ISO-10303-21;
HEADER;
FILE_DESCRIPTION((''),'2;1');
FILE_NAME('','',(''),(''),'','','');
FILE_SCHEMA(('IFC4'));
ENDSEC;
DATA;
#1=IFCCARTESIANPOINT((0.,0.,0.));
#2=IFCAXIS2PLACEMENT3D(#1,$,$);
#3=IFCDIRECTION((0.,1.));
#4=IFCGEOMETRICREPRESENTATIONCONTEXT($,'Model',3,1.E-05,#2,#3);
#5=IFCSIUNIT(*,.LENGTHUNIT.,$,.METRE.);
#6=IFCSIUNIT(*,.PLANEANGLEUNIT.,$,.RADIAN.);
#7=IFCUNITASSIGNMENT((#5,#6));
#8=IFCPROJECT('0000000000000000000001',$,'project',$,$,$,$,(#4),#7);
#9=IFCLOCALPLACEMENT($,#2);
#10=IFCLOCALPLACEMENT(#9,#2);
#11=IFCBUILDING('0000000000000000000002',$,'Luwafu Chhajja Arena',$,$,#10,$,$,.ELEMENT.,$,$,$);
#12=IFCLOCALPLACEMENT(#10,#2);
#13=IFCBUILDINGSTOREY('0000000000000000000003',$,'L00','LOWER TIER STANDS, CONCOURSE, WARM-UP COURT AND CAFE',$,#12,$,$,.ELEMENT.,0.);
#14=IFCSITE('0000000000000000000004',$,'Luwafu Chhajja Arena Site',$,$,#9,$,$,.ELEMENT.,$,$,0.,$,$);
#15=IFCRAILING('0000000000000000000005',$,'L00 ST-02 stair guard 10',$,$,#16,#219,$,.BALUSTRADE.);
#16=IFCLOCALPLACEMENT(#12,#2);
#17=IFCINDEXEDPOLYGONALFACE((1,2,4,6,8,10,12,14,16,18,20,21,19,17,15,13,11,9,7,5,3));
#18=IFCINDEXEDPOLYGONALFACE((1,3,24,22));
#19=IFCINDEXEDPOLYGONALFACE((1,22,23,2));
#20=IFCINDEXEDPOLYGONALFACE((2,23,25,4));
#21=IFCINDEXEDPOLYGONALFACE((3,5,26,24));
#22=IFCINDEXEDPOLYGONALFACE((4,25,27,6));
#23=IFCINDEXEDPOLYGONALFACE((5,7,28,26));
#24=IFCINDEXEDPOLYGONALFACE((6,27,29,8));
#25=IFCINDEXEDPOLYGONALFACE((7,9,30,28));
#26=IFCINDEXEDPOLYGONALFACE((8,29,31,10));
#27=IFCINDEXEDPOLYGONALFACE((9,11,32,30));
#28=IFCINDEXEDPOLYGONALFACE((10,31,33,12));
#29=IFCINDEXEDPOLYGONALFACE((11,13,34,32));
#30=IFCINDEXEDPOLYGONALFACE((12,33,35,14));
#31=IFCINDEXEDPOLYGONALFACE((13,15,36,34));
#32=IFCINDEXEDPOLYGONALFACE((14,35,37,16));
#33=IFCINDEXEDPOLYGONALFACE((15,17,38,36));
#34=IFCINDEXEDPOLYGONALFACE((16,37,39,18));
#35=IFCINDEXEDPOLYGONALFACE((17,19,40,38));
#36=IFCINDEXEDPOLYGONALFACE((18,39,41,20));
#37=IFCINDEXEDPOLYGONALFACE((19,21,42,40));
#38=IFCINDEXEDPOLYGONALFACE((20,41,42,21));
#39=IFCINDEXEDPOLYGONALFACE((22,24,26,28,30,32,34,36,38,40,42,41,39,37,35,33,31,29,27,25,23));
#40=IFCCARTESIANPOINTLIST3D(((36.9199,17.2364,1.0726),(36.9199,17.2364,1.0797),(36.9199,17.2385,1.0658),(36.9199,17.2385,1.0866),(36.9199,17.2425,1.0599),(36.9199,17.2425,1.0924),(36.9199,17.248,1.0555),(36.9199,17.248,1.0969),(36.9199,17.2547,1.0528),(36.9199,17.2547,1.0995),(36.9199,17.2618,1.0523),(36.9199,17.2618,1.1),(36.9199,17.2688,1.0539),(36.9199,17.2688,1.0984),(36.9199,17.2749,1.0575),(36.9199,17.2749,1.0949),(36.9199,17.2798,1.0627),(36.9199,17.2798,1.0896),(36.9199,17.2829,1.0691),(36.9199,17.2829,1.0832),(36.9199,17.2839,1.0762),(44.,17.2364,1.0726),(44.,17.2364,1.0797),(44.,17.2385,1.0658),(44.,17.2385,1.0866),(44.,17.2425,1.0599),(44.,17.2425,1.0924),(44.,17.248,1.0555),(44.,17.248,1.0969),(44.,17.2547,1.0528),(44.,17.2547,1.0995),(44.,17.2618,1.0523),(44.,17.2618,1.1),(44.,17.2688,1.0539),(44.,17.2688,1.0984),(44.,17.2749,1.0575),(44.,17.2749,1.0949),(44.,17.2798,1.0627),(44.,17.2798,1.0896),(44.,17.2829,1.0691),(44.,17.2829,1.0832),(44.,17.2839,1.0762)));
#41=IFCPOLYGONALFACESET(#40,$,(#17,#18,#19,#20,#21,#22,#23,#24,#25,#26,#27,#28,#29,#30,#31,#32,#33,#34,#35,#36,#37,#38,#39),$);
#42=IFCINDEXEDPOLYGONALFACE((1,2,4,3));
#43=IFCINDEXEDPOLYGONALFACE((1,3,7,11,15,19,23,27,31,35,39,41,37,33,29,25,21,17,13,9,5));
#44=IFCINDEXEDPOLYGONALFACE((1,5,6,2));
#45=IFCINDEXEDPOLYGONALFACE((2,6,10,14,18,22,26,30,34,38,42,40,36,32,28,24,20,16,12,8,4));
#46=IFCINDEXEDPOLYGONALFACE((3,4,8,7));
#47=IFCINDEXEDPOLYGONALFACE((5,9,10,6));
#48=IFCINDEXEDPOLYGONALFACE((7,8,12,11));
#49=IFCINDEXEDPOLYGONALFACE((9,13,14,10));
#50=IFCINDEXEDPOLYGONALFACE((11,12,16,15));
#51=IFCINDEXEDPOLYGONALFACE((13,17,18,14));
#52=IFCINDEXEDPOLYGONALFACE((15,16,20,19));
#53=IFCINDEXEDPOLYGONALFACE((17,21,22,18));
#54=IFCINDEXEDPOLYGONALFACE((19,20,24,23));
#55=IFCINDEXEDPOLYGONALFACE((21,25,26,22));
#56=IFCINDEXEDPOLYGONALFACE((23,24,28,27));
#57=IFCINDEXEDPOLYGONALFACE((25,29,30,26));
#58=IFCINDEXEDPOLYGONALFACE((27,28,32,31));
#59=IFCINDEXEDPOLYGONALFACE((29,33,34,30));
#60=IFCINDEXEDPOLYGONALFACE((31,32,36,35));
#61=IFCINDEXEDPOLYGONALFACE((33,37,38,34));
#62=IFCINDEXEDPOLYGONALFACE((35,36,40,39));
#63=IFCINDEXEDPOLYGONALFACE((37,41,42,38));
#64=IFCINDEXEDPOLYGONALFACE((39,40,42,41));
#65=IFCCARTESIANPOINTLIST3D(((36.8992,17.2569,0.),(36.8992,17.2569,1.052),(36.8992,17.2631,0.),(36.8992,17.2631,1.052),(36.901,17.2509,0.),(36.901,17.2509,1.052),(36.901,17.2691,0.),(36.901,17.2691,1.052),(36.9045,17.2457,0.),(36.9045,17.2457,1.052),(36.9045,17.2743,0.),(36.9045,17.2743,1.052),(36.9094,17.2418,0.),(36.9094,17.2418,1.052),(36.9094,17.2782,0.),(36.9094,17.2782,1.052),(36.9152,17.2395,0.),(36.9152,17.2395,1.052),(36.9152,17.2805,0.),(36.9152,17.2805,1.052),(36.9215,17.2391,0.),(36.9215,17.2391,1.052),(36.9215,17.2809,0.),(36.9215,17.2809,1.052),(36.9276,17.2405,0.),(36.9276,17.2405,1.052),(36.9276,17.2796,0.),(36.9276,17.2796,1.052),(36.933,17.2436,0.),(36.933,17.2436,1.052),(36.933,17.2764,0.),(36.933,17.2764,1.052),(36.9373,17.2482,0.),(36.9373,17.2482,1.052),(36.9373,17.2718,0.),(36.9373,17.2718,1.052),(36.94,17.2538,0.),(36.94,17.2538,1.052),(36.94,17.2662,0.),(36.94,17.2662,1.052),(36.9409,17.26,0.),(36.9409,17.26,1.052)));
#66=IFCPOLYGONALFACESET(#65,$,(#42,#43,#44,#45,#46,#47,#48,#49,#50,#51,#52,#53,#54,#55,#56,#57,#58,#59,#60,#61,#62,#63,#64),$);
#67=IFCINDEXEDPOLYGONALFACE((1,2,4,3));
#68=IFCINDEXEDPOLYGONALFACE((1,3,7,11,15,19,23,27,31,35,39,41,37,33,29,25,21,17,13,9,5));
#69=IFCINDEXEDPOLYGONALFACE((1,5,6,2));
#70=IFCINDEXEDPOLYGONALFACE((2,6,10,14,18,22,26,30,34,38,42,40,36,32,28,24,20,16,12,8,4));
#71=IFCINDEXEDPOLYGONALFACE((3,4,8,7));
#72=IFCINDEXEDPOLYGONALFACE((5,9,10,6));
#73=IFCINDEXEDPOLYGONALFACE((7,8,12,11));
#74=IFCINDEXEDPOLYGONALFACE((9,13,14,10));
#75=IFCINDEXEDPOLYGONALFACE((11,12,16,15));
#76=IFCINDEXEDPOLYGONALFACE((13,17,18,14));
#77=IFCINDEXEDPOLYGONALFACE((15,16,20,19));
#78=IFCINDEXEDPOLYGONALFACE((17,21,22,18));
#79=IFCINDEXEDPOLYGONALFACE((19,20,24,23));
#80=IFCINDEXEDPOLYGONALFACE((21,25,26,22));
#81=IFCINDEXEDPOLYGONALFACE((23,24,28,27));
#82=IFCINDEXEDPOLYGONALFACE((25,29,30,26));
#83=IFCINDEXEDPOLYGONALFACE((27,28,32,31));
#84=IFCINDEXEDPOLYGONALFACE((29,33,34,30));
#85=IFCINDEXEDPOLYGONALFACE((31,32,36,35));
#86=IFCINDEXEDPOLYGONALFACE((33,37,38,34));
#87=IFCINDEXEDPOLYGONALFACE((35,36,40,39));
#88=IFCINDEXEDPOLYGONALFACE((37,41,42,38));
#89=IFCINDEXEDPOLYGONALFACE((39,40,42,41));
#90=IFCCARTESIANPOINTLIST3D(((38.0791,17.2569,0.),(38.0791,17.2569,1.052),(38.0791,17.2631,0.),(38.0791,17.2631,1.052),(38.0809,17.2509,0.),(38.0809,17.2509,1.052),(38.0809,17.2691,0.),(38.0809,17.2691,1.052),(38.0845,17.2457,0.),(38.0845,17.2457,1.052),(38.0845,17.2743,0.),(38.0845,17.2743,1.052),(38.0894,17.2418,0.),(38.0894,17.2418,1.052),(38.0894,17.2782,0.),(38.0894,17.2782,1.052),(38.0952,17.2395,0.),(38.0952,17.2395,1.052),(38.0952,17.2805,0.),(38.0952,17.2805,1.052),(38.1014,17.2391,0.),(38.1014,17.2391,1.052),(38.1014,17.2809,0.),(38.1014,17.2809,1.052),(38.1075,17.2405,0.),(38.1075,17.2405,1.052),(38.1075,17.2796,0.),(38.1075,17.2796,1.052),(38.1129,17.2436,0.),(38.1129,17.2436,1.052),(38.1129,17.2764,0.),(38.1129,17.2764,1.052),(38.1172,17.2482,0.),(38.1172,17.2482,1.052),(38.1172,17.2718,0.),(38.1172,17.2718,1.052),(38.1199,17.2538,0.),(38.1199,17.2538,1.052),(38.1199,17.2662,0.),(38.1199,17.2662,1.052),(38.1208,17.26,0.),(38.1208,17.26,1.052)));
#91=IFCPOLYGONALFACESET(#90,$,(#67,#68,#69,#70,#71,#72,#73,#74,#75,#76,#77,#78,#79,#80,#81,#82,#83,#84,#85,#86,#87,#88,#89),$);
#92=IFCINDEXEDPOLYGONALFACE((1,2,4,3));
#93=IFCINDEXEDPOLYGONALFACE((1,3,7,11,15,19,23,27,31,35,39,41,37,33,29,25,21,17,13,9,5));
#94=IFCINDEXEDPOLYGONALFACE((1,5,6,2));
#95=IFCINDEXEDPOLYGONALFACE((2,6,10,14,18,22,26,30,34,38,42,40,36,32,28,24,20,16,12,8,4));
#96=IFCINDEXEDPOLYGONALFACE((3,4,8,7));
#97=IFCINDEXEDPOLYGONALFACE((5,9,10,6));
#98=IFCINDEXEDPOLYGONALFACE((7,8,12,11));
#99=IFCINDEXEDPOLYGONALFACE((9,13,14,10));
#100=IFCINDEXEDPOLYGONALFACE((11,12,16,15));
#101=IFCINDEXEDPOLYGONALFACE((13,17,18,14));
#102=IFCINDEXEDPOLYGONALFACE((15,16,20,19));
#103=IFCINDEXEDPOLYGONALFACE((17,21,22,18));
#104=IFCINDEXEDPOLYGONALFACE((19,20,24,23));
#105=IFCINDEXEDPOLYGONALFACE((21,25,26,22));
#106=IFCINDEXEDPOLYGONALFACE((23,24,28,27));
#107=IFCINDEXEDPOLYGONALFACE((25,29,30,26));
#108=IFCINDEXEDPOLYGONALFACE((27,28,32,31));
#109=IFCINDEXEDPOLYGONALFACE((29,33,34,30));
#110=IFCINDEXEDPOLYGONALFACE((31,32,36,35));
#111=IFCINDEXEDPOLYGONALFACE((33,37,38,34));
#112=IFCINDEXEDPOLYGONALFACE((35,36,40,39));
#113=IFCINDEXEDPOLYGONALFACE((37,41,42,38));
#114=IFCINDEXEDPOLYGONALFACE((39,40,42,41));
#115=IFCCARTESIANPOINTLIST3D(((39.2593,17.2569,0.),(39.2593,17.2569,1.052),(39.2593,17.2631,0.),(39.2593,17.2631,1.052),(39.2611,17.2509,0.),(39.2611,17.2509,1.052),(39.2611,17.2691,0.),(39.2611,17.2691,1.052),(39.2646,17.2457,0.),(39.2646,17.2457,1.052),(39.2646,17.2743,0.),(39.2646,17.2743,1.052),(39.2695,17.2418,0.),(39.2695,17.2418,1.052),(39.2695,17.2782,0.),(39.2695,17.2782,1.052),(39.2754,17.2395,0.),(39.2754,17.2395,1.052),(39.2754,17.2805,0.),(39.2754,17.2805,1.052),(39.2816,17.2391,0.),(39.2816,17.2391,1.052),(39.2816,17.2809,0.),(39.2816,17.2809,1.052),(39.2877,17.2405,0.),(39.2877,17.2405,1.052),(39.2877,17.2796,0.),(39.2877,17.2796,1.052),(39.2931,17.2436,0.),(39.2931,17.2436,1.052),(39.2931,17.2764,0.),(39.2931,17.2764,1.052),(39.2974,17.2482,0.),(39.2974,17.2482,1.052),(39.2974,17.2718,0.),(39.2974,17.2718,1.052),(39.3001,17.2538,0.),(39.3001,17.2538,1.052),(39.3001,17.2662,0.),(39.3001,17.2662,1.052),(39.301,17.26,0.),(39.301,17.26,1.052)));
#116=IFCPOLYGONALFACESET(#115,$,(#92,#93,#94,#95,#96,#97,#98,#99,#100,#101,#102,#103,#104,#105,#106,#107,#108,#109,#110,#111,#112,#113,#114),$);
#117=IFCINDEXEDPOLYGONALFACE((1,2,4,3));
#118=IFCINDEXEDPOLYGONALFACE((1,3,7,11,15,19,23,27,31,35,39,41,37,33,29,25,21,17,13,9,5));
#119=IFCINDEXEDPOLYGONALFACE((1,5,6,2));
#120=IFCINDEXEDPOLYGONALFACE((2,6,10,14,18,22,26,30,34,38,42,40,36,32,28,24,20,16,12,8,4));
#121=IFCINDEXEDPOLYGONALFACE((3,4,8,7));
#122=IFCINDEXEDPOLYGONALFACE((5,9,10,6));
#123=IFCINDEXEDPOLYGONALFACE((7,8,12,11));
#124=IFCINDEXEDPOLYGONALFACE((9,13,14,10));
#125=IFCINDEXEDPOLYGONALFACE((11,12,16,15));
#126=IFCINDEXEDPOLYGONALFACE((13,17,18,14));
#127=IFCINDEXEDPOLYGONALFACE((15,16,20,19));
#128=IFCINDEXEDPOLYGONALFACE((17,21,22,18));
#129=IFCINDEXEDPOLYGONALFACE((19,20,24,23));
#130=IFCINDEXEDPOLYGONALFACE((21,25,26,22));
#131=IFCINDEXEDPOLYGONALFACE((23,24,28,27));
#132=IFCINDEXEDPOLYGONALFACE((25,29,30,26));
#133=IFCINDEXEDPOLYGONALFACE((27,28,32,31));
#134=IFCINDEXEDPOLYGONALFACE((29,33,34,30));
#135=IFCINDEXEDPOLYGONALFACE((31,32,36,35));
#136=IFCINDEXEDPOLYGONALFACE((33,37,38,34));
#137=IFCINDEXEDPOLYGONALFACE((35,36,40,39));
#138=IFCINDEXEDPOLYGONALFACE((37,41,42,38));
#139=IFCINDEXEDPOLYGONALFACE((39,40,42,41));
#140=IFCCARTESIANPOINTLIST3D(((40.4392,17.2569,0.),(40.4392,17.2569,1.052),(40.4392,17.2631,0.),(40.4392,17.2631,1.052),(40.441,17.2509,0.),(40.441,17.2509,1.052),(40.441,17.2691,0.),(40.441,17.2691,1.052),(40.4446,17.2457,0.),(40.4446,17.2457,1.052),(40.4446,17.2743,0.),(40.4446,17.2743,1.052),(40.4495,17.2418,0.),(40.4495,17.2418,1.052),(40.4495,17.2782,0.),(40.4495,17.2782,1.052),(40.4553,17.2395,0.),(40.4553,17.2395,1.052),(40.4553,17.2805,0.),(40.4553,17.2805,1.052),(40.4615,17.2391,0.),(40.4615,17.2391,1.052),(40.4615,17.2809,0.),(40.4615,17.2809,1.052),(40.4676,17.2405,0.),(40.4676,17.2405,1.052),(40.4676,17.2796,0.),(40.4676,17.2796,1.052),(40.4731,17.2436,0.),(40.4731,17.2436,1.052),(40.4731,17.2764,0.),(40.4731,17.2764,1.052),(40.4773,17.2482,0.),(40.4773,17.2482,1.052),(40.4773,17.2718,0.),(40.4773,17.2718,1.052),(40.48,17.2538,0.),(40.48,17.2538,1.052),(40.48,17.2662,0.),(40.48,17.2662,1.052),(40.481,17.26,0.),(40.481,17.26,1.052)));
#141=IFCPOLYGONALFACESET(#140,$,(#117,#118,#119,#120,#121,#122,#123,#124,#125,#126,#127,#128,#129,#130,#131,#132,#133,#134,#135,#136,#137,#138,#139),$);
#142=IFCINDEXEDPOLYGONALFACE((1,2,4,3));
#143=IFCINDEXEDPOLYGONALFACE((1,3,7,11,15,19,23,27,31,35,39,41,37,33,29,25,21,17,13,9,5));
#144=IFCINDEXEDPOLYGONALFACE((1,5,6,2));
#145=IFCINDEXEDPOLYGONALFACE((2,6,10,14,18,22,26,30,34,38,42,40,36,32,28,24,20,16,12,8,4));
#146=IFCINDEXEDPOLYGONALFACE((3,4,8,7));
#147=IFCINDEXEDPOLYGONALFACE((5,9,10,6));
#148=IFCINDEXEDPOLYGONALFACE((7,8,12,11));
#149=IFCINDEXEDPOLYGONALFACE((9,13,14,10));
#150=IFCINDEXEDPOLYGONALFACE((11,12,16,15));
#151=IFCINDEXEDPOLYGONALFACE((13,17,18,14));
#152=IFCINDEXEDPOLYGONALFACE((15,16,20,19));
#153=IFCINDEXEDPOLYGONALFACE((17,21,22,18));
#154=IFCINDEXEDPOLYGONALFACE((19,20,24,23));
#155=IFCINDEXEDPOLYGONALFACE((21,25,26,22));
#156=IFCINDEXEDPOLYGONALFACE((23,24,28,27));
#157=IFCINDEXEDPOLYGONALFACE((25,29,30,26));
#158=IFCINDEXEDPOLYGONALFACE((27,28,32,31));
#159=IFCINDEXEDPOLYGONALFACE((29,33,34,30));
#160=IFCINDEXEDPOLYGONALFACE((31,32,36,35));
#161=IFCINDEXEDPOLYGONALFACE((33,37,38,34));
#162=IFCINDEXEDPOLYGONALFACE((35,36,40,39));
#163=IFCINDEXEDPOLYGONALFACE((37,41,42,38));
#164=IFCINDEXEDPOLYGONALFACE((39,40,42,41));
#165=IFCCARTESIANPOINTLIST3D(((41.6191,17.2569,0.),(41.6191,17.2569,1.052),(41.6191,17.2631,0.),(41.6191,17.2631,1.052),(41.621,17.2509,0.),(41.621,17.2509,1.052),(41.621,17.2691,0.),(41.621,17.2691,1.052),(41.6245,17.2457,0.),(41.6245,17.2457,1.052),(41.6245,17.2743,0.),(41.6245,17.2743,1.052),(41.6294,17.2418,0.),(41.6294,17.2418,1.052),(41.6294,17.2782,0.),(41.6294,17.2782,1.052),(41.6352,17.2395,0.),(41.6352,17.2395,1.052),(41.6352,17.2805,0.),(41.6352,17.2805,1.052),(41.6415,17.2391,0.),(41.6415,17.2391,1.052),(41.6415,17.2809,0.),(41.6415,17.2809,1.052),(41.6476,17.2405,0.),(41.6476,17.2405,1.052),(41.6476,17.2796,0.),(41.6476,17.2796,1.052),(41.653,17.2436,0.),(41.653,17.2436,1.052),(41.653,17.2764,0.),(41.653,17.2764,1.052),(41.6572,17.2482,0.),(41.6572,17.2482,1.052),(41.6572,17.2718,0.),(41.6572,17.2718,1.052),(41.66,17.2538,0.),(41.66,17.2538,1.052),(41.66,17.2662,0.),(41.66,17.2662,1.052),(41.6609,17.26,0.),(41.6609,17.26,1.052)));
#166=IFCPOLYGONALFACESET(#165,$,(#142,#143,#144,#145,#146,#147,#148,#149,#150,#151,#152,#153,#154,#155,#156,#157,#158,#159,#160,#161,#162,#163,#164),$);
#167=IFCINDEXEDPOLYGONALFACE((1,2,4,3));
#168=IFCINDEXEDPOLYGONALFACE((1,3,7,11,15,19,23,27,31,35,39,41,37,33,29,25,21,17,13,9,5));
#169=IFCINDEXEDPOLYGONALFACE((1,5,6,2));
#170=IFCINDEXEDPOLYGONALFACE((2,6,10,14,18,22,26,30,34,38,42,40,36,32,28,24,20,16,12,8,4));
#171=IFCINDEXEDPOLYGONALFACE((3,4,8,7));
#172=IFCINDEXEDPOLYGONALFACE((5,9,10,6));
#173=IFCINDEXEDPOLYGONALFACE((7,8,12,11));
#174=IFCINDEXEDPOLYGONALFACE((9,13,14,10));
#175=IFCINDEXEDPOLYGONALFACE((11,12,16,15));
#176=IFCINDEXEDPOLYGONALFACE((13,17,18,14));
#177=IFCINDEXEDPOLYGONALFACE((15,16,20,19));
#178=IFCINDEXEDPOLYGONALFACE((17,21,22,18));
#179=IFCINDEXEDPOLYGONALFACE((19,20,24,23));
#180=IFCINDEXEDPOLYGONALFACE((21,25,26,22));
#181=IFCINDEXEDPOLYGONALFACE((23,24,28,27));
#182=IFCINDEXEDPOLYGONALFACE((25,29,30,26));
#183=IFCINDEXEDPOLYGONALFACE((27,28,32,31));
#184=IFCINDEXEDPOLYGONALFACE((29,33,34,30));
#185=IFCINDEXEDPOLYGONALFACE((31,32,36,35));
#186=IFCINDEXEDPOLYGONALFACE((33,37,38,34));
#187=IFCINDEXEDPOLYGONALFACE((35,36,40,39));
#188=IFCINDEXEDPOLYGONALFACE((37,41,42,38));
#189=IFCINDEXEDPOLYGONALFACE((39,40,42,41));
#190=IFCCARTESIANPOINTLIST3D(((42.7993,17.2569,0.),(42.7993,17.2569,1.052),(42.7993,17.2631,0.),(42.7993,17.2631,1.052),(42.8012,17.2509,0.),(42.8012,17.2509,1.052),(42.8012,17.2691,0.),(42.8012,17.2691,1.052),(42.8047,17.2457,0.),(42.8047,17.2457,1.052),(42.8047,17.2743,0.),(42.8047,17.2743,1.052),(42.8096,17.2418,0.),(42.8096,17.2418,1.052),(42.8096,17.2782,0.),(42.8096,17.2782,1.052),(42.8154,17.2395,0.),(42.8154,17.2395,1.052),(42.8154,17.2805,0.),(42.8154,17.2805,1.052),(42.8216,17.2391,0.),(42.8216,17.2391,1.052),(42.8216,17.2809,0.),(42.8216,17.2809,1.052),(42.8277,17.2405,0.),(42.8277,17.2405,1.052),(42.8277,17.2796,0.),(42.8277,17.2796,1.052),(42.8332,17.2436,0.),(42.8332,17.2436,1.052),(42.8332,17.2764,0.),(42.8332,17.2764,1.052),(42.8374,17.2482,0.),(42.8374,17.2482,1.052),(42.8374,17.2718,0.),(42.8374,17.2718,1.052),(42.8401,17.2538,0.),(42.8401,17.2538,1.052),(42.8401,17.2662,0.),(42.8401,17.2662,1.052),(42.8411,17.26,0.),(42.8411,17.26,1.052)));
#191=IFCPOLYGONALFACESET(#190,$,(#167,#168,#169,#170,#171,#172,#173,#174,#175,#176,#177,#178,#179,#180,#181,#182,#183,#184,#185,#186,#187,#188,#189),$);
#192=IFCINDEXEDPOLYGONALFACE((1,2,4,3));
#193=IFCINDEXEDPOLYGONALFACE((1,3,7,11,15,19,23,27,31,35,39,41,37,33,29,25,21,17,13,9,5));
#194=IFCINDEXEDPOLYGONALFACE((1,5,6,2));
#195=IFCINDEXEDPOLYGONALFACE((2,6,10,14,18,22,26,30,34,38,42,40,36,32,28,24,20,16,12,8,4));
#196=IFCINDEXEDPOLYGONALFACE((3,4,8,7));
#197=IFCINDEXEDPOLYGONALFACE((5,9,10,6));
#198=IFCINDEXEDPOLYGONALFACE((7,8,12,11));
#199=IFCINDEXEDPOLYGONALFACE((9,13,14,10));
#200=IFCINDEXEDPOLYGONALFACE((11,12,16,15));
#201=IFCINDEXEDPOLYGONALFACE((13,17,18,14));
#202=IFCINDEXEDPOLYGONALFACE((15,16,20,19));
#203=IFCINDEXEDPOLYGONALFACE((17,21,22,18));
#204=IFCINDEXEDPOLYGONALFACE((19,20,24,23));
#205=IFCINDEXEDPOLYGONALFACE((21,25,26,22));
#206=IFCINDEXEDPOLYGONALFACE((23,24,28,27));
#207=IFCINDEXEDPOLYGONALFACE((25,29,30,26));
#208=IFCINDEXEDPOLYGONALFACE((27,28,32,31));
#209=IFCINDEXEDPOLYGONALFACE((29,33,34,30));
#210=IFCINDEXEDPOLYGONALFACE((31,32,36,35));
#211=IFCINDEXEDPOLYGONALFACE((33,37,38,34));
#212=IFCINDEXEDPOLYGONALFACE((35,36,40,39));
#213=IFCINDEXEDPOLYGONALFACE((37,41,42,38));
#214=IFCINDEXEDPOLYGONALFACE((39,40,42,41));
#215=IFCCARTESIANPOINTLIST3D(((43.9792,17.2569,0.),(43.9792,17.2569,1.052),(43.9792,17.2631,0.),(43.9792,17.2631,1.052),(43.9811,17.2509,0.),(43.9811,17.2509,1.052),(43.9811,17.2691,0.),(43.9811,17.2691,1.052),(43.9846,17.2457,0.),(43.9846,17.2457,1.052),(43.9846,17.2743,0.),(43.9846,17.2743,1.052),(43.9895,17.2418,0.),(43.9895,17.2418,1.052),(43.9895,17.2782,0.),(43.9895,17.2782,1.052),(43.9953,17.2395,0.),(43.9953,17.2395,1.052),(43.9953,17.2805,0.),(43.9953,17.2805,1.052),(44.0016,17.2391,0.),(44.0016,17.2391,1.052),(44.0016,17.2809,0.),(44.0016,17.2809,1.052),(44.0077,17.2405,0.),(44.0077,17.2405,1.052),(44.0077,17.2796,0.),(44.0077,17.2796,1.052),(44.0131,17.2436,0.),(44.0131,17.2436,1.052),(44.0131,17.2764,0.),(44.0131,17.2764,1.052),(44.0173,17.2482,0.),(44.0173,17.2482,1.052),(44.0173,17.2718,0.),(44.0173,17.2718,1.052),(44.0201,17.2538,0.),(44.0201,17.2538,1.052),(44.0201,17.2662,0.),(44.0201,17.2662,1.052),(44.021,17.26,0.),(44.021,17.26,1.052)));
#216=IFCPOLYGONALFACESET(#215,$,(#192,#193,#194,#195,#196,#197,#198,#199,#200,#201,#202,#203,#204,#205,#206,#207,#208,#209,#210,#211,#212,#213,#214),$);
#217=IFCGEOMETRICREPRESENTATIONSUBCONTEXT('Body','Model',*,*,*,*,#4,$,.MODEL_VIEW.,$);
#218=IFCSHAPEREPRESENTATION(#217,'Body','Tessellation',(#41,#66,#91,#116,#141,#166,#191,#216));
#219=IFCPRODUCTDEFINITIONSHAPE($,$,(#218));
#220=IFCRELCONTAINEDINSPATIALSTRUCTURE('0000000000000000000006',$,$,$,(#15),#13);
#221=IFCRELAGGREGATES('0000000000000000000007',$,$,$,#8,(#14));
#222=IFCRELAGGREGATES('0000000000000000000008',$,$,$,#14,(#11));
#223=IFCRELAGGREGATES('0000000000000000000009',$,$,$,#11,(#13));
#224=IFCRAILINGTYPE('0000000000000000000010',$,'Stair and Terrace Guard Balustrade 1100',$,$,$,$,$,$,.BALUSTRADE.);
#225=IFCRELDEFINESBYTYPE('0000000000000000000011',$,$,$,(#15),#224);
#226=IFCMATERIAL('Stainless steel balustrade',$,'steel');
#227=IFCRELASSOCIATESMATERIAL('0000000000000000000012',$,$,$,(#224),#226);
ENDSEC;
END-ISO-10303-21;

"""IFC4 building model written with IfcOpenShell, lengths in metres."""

from ifc_helpers import new_model, si_unit, direction, frame, origin, origin_2d, place, context, subcontext, project, spatial, circle, extrude, material, type_object, element, save


model = new_model("IFC4")

# Units and contexts
model_context = context("Model", 3, precision=1e-05, world=origin(), true_north=direction((0.0, 1.0)))
body_context = subcontext(model_context, "Body", "Model", "MODEL_VIEW")
ifc_project = project(units=[si_unit("LENGTHUNIT", "METRE"), si_unit("PLANEANGLEUNIT", "RADIAN")], contexts=[model_context])

# Site, building, storey
site_placement = place(None, origin())
site = spatial("IfcSite", under=ifc_project, at=site_placement, Name="Luwafu Chhajja Arena Site", CompositionType="ELEMENT", RefElevation=0.0)
building_placement = place(site_placement, origin())
building = spatial("IfcBuilding", under=site, at=building_placement, Name="Luwafu Chhajja Arena", CompositionType="ELEMENT")
storey_placement = place(building_placement, origin())
storey = spatial("IfcBuildingStorey", under=building, at=storey_placement, Name="L00", Description="LOWER TIER STANDS, CONCOURSE, WARM-UP COURT AND CAFE", CompositionType="ELEMENT", Elevation=0.0)

# Railing
ifc_material_1 = material(Name="Stainless steel balustrade", Category="steel")
railing_type_1 = type_object("IfcRailingType", Name="Stair and Terrace Guard Balustrade 1100", PredefinedType="BALUSTRADE", material=ifc_material_1)
for number, where, name in (
    (1, (36.9199, 17.26, 0.0), "L00 ST-02 stair guard 10"),
):
    element("IfcRailing", number, at=place(storey_placement, frame(where)), inside=storey, type_object=railing_type_1, Name=name, PredefinedType="BALUSTRADE", context=body_context, shape_type="SweptSolid", body=[
        extrude(circle(Radius=0.0239, at=origin_2d()), frame((0.0, 0.0, 1.0762), z_axis=(1.0, 0.0, 0.0), x_axis=(0.0, 1.0, 0.0)), (0.0, 0.0, 1.0), 7.0801),
        extrude(circle(Radius=0.021, at=origin_2d()), origin(), (0.0, 0.0, 1.0), 1.052),
        extrude(circle(Radius=0.021, at=origin_2d()), frame((1.1799, 0.0, 0.0)), (0.0, 0.0, 1.0), 1.052),
        extrude(circle(Radius=0.021, at=origin_2d()), frame((2.3601, 0.0, 0.0)), (0.0, 0.0, 1.0), 1.052),
        extrude(circle(Radius=0.021, at=origin_2d()), frame((3.54, 0.0, 0.0)), (0.0, 0.0, 1.0), 1.052),
        extrude(circle(Radius=0.021, at=origin_2d()), frame((4.72, 0.0, 0.0)), (0.0, 0.0, 1.0), 1.052),
        extrude(circle(Radius=0.021, at=origin_2d()), frame((5.9001, 0.0, 0.0)), (0.0, 0.0, 1.0), 1.052),
        extrude(circle(Radius=0.021, at=origin_2d()), frame((7.0801, 0.0, 0.0)), (0.0, 0.0, 1.0), 1.052),
    ])

save(model, "model.ifc")
